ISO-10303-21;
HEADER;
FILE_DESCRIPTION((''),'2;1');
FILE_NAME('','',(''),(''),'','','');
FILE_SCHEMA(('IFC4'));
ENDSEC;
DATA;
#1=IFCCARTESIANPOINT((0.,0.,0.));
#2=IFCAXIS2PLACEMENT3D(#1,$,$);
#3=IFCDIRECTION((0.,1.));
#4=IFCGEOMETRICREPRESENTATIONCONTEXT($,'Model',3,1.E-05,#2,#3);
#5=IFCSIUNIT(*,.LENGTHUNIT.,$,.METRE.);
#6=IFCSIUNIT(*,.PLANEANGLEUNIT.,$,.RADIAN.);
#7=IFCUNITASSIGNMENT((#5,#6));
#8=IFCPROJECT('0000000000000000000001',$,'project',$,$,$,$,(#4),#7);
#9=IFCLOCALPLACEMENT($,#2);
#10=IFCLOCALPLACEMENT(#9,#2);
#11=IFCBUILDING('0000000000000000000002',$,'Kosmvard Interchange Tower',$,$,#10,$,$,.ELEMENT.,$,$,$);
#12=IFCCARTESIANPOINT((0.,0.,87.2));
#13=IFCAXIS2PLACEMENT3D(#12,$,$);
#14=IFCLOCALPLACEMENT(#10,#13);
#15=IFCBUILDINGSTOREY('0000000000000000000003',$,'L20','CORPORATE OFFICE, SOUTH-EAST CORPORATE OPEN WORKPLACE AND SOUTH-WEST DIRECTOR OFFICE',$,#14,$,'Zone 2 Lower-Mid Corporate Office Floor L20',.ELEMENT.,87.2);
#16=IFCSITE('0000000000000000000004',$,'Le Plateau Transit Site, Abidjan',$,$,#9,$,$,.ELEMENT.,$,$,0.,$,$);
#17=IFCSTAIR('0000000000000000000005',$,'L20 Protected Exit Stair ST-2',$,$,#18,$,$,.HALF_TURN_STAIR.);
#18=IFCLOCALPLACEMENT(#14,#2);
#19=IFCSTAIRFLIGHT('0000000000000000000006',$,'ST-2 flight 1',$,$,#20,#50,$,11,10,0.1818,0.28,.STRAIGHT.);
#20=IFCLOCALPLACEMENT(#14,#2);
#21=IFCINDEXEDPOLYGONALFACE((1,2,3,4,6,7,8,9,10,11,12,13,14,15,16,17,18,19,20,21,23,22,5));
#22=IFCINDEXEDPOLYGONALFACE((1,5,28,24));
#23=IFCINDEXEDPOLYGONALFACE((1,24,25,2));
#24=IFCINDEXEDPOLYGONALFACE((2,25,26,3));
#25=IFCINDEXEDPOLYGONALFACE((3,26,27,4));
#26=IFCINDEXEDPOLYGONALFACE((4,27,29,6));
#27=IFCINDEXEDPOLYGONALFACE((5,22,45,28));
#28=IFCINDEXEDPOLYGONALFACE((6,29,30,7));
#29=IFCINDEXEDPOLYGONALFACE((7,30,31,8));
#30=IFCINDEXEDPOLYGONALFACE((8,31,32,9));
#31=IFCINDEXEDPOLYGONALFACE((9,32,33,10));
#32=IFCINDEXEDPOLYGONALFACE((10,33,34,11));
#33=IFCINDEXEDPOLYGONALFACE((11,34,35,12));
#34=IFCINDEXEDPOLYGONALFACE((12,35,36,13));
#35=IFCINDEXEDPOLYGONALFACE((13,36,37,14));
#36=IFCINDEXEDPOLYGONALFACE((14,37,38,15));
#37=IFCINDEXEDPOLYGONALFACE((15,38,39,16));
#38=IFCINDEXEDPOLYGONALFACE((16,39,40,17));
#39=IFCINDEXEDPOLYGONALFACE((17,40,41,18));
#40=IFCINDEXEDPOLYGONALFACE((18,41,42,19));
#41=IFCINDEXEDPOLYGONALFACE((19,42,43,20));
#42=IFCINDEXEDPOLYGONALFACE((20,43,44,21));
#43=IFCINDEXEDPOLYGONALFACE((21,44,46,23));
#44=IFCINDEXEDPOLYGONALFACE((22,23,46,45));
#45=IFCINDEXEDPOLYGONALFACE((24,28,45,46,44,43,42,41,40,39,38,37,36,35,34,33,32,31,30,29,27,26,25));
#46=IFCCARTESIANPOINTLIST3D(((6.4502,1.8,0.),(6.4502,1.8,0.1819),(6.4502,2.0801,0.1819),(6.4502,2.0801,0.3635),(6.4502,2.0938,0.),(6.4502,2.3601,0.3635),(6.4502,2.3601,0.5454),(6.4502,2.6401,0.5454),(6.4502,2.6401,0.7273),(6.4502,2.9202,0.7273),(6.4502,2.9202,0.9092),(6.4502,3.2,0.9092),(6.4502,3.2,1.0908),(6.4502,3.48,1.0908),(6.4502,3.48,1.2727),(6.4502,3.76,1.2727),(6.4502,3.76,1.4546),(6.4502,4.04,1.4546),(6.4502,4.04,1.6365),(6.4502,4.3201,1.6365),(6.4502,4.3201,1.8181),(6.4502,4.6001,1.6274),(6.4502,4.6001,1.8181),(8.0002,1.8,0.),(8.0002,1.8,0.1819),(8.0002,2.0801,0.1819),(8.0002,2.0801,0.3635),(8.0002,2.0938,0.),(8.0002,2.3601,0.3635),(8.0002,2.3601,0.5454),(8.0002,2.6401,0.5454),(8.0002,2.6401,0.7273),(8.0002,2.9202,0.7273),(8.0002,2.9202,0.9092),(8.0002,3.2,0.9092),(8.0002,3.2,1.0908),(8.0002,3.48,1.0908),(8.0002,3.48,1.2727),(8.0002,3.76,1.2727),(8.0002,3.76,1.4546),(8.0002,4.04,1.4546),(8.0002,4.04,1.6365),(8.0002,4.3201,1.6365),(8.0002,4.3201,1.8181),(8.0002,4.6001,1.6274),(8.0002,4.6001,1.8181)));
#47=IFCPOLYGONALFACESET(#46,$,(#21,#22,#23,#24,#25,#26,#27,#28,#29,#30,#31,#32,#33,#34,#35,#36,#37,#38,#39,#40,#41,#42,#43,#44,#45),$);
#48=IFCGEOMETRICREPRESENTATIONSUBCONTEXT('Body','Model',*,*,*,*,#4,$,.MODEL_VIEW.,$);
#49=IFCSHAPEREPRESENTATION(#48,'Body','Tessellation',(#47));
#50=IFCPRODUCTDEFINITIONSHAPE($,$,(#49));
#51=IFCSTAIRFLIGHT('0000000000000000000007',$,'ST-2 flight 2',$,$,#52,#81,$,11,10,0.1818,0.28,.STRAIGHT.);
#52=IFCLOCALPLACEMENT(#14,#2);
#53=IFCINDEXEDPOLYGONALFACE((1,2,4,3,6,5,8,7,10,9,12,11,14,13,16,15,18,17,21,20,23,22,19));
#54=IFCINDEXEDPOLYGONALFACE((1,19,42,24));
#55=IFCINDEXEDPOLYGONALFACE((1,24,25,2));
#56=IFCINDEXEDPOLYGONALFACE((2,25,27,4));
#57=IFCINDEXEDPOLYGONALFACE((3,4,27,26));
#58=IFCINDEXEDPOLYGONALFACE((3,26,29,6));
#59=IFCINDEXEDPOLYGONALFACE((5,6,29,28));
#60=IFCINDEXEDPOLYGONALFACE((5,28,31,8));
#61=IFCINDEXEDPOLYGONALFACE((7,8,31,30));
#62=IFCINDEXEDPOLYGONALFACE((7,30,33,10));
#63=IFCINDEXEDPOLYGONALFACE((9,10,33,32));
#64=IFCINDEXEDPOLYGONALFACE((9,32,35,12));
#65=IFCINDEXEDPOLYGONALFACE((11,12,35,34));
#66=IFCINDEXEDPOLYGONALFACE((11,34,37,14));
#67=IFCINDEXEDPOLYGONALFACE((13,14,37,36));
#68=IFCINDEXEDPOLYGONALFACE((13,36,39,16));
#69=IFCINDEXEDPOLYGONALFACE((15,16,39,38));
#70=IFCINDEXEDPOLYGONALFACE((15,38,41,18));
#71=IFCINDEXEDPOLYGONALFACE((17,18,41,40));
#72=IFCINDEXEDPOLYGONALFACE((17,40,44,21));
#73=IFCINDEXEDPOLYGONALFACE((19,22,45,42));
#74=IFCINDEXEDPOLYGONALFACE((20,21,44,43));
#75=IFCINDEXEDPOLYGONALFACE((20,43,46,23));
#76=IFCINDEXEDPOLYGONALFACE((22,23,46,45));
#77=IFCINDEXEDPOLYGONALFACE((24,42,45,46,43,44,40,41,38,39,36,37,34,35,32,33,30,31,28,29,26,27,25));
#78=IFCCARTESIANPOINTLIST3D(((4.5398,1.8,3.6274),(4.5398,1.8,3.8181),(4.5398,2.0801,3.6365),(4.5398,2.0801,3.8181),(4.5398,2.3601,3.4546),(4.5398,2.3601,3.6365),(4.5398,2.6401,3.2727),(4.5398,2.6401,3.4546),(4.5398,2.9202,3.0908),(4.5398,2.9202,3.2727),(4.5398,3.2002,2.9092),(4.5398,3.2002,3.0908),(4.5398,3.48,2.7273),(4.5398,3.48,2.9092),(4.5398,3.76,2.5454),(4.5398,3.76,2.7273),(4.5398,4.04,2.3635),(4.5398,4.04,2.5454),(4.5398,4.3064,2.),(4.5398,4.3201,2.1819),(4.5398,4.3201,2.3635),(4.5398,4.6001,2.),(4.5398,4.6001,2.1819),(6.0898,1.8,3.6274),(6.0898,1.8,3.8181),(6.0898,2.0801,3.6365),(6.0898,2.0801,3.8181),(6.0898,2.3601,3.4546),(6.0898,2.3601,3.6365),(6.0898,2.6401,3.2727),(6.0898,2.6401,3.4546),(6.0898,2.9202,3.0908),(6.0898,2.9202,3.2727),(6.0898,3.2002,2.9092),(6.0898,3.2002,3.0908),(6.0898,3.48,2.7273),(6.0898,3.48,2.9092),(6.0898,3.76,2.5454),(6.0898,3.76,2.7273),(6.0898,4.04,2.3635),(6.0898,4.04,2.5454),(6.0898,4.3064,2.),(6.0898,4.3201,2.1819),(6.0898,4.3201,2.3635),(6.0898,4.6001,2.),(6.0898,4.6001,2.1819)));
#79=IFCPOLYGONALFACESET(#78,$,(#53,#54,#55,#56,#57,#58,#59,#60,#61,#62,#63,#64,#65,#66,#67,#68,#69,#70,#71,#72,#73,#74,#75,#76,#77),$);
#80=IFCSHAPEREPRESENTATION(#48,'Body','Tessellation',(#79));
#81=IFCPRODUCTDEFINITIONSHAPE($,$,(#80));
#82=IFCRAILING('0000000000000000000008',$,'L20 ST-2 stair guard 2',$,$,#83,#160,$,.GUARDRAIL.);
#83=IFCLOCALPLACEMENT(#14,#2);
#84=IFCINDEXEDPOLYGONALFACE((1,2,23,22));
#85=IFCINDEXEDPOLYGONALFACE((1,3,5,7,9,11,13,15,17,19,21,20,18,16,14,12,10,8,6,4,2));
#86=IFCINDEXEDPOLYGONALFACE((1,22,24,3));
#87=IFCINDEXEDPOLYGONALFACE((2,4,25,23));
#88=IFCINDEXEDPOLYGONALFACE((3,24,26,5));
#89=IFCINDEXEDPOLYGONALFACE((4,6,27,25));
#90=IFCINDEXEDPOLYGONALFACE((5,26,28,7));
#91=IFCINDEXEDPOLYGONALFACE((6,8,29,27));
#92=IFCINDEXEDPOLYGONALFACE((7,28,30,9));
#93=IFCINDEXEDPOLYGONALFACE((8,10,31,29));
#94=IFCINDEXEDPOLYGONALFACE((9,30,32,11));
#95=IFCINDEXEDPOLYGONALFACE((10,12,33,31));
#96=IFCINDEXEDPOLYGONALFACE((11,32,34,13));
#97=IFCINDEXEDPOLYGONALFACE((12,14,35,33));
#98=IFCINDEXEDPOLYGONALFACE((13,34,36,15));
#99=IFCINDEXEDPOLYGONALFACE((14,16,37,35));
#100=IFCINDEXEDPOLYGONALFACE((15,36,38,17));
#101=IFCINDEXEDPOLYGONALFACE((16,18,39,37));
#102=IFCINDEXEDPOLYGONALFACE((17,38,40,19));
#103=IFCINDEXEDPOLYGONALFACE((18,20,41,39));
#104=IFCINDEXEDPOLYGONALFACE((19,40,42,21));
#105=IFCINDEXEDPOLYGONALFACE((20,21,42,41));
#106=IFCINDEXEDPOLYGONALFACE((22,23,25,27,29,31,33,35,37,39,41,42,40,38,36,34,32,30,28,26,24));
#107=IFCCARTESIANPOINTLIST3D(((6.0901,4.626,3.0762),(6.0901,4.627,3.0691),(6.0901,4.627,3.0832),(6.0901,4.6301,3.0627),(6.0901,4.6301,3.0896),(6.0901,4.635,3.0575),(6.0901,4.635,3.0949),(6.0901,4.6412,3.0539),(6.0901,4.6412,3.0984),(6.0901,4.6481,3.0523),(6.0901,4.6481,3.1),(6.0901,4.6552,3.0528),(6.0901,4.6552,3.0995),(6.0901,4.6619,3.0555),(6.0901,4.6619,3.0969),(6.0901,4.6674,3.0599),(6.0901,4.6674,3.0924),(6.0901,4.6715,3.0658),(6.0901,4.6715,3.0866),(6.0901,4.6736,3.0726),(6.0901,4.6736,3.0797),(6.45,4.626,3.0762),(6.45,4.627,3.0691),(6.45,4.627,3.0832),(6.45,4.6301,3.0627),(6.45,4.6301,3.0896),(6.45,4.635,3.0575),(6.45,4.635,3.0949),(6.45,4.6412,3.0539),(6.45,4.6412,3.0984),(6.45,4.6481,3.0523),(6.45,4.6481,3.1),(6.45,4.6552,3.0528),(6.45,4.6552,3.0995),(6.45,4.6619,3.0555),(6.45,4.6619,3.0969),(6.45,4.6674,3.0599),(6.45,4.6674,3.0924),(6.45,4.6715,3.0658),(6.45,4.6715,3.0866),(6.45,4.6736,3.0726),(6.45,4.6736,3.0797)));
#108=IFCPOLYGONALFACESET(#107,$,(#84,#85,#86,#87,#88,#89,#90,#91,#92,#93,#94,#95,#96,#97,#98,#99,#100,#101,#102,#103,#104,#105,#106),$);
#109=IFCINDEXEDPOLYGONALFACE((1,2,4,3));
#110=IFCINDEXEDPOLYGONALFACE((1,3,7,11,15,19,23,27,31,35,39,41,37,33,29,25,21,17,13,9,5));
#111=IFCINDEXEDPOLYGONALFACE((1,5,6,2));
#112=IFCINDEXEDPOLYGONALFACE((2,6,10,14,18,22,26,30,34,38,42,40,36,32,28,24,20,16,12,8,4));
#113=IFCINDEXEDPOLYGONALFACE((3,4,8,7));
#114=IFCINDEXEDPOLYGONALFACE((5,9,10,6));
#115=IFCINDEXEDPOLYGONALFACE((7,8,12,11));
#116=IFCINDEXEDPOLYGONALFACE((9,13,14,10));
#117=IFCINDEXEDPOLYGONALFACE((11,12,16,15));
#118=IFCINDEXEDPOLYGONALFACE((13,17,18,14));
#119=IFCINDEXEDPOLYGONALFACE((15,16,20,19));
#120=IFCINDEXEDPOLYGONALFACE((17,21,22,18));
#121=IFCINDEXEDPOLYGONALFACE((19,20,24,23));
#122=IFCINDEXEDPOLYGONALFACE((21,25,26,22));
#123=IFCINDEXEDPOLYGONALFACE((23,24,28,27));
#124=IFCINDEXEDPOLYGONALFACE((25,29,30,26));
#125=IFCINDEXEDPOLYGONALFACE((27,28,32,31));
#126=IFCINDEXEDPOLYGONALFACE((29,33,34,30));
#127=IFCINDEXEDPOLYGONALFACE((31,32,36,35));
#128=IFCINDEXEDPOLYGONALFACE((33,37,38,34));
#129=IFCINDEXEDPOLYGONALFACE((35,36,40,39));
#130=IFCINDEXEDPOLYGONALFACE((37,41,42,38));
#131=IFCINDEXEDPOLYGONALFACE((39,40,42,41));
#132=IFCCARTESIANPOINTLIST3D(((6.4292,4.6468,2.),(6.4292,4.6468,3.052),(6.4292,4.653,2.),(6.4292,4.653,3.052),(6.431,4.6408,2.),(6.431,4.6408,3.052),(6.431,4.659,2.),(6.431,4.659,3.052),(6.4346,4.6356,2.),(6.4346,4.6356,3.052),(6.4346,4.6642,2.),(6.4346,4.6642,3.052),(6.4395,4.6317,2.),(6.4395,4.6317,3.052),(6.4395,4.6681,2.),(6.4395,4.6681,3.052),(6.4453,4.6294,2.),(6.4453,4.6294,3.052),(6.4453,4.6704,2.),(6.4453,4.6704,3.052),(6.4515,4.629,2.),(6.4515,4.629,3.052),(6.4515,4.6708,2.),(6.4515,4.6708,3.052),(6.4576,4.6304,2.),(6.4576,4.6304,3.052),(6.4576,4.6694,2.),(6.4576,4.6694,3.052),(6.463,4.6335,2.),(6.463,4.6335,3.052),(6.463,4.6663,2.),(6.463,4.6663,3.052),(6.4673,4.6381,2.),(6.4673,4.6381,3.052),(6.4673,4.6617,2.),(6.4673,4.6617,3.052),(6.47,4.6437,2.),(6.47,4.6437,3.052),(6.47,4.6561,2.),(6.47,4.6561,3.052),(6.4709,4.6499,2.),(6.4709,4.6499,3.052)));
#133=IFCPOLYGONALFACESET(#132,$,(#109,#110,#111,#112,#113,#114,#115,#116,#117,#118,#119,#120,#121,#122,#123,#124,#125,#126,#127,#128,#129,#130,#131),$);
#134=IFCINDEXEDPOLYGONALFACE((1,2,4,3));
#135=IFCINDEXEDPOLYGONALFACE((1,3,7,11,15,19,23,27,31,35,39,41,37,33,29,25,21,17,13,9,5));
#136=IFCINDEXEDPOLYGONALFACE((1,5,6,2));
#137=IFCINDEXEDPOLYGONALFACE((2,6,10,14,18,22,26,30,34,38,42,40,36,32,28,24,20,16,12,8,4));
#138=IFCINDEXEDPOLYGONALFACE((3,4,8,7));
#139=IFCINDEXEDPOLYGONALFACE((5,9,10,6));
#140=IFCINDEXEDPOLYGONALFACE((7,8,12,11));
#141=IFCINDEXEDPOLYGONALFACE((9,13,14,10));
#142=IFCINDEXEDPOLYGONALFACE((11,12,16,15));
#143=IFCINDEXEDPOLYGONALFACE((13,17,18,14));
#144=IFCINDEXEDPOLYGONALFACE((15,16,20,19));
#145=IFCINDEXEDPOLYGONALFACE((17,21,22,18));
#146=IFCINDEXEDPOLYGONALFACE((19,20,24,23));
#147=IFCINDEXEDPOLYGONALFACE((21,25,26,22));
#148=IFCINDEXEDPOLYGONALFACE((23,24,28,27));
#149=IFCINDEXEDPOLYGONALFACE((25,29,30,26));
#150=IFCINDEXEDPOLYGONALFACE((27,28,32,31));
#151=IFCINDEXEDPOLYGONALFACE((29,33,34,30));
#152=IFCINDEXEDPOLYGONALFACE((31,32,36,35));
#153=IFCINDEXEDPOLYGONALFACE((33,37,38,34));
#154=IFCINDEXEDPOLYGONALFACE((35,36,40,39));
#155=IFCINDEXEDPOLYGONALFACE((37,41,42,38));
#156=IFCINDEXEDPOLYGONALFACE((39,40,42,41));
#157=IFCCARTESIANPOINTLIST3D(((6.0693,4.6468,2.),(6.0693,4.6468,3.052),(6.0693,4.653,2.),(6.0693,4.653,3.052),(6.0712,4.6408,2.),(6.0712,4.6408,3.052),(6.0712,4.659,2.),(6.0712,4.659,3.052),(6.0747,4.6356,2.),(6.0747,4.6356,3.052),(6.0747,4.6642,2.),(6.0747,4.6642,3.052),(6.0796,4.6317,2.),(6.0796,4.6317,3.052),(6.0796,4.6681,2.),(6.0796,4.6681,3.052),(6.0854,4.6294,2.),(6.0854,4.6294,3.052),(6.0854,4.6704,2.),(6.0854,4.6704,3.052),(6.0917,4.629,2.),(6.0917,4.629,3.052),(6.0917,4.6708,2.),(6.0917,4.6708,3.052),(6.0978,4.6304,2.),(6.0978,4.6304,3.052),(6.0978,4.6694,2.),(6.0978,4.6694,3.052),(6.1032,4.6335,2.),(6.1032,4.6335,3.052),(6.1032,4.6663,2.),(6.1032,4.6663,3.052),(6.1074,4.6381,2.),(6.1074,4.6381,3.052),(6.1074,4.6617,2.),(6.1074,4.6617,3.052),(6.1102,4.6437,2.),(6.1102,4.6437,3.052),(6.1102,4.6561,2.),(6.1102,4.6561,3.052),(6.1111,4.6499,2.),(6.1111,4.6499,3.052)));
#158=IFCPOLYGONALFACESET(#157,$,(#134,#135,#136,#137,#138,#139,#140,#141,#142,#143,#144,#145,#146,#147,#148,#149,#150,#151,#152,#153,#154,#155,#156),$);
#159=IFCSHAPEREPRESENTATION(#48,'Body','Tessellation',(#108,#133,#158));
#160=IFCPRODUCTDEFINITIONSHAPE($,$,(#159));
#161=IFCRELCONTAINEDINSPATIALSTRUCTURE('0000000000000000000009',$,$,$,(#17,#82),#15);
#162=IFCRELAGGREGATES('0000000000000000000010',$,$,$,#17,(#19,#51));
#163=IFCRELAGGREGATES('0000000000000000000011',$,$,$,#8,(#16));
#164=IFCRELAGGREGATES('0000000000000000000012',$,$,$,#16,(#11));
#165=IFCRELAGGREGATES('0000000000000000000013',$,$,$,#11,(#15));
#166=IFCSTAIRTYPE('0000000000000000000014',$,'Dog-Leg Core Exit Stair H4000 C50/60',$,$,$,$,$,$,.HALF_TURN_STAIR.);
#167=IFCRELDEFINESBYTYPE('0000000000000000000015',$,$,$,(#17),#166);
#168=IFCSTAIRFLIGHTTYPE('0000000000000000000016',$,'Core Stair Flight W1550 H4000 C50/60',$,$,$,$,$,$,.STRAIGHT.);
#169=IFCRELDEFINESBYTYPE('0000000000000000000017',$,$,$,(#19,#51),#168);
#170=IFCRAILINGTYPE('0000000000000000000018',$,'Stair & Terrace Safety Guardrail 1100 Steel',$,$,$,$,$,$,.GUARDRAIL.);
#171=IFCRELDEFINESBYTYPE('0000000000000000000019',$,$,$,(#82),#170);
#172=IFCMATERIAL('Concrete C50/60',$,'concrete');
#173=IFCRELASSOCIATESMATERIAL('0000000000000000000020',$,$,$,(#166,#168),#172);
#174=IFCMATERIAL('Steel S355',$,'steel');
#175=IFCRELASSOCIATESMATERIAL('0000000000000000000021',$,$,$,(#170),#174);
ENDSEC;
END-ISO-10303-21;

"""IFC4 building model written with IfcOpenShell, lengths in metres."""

from ifc_helpers import new_model, si_unit, direction, frame, origin, origin_2d, place, context, subcontext, project, spatial, polyline, circle, outline, extrude, source, transform, mapped, material, type_object, element, aggregate, save


model = new_model("IFC4")

# Units and contexts
model_context = context("Model", 3, precision=1e-05, world=origin(), true_north=direction((0.0, 1.0)))
body_context = subcontext(model_context, "Body", "Model", "MODEL_VIEW")
ifc_project = project(units=[si_unit("LENGTHUNIT", "METRE"), si_unit("PLANEANGLEUNIT", "RADIAN")], contexts=[model_context])

# Site, building, storey
site_placement = place(None, origin())
site = spatial("IfcSite", under=ifc_project, at=site_placement, Name="Le Plateau Transit Site, Abidjan", CompositionType="ELEMENT", RefElevation=0.0)
building_placement = place(site_placement, origin())
building = spatial("IfcBuilding", under=site, at=building_placement, Name="Kosmvard Interchange Tower", CompositionType="ELEMENT")
storey_placement = place(building_placement, frame((0.0, 0.0, 87.2)))
storey = spatial("IfcBuildingStorey", under=building, at=storey_placement, Name="L20", Description="CORPORATE OFFICE, SOUTH-EAST CORPORATE OPEN WORKPLACE AND SOUTH-WEST DIRECTOR OFFICE", LongName="Zone 2 Lower-Mid Corporate Office Floor L20", CompositionType="ELEMENT", Elevation=87.2)

# Shared definitions
ifc_material_1 = material(Name="Steel S355", Category="steel")

# Stair
ifc_material_2 = material(Name="Concrete C50/60", Category="concrete")
stair_type = type_object("IfcStairType", Name="Dog-Leg Core Exit Stair H4000 C50/60", PredefinedType="HALF_TURN_STAIR", material=ifc_material_2)
stair_1_placement = place(storey_placement, origin())
stair_1 = element("IfcStair", 1, at=stair_1_placement, inside=storey, type_object=stair_type, Name="L20 Protected Exit Stair ST-2", PredefinedType="HALF_TURN_STAIR")

# Stair flights
stair_flight_type = type_object("IfcStairFlightType", Name="Core Stair Flight W1550 H4000 C50/60", PredefinedType="STRAIGHT", material=ifc_material_2)
shared_shape_1 = source(origin(), body_context, "Body", "SweptSolid", [
    extrude(outline(polyline([(0.0, 0.0), (0.0, 0.1819), (0.28, 0.1819), (0.28, 0.3635), (0.5601, 0.3635), (0.5601, 0.5454), (0.8401, 0.5454), (0.8401, 0.7273), (1.1201, 0.7273), (1.1201, 0.9092), (1.3999, 0.9092), (1.3999, 1.0908), (1.6799, 1.0908), (1.6799, 1.2727), (1.96, 1.2727), (1.96, 1.4546), (2.24, 1.4546), (2.24, 1.6365), (2.52, 1.6365), (2.52, 1.8181), (2.8, 1.8181), (2.8, 2.0), (2.8, 1.6274), (0.2937, 0.0), (0.0, 0.0)])), frame((0.0, 0.7749, 0.0), z_axis=(0.0, -1.0, 0.0), x_axis=(1.0, 0.0, 0.0)), (0.0, 0.0, 1.0), 1.55),
])
stair_flight_1_placement = place(storey_placement, frame((7.2251, 1.8, 0.0), z_axis=(0.0, 0.0, 1.0), x_axis=(0.0, 1.0, 0.0)))
stair_flight_1 = element("IfcStairFlight", 2, at=stair_flight_1_placement, type_object=stair_flight_type, Name="ST-2 flight 1", NumberOfRisers=11, NumberOfTreads=10, PredefinedType="STRAIGHT", RiserHeight=0.1818, TreadLength=0.28, context=body_context, shape_type="MappedRepresentation", body=[
    mapped(shared_shape_1, transform((0.0, 0.0, 0.0), scale=1.0)),
])
stair_flight_2_placement = place(storey_placement, frame((5.3149, 4.6001, 2.0), z_axis=(0.0, 0.0, 1.0), x_axis=(0.0, -1.0, 0.0)))
stair_flight_2 = element("IfcStairFlight", 3, at=stair_flight_2_placement, type_object=stair_flight_type, Name="ST-2 flight 2", NumberOfRisers=11, NumberOfTreads=10, PredefinedType="STRAIGHT", RiserHeight=0.1818, TreadLength=0.28, context=body_context, shape_type="MappedRepresentation", body=[
    mapped(shared_shape_1, transform((0.0, 0.0, 0.0), scale=1.0)),
])
aggregate(stair_1, [stair_flight_1, stair_flight_2])

# Railing
railing_type_1 = type_object("IfcRailingType", Name="Stair & Terrace Safety Guardrail 1100 Steel", PredefinedType="GUARDRAIL", material=ifc_material_1)
shared_shape_2 = source(origin(), body_context, "Body", "SweptSolid", [
    extrude(circle(Radius=0.0239, at=origin_2d()), frame((0.0, 0.0, 1.0762), z_axis=(-1.0, 0.0, 0.0), x_axis=(0.0, -1.0, 0.0)), (0.0, 0.0, 1.0), 0.3599),
    extrude(circle(Radius=0.021, at=origin_2d()), origin(), (0.0, 0.0, 1.0), 1.052),
    extrude(circle(Radius=0.021, at=origin_2d()), frame((-0.3599, 0.0, 0.0)), (0.0, 0.0, 1.0), 1.052),
])
for number, where, name in (
    (4, (6.45, 4.6499, 2.0), "L20 ST-2 stair guard 2"),
):
    element("IfcRailing", number, at=place(storey_placement, frame(where)), inside=storey, type_object=railing_type_1, Name=name, PredefinedType="GUARDRAIL", context=body_context, shape_type="MappedRepresentation", body=[
        mapped(shared_shape_2, transform((0.0, 0.0, 0.0), scale=1.0)),
    ])

save(model, "model.ifc")
